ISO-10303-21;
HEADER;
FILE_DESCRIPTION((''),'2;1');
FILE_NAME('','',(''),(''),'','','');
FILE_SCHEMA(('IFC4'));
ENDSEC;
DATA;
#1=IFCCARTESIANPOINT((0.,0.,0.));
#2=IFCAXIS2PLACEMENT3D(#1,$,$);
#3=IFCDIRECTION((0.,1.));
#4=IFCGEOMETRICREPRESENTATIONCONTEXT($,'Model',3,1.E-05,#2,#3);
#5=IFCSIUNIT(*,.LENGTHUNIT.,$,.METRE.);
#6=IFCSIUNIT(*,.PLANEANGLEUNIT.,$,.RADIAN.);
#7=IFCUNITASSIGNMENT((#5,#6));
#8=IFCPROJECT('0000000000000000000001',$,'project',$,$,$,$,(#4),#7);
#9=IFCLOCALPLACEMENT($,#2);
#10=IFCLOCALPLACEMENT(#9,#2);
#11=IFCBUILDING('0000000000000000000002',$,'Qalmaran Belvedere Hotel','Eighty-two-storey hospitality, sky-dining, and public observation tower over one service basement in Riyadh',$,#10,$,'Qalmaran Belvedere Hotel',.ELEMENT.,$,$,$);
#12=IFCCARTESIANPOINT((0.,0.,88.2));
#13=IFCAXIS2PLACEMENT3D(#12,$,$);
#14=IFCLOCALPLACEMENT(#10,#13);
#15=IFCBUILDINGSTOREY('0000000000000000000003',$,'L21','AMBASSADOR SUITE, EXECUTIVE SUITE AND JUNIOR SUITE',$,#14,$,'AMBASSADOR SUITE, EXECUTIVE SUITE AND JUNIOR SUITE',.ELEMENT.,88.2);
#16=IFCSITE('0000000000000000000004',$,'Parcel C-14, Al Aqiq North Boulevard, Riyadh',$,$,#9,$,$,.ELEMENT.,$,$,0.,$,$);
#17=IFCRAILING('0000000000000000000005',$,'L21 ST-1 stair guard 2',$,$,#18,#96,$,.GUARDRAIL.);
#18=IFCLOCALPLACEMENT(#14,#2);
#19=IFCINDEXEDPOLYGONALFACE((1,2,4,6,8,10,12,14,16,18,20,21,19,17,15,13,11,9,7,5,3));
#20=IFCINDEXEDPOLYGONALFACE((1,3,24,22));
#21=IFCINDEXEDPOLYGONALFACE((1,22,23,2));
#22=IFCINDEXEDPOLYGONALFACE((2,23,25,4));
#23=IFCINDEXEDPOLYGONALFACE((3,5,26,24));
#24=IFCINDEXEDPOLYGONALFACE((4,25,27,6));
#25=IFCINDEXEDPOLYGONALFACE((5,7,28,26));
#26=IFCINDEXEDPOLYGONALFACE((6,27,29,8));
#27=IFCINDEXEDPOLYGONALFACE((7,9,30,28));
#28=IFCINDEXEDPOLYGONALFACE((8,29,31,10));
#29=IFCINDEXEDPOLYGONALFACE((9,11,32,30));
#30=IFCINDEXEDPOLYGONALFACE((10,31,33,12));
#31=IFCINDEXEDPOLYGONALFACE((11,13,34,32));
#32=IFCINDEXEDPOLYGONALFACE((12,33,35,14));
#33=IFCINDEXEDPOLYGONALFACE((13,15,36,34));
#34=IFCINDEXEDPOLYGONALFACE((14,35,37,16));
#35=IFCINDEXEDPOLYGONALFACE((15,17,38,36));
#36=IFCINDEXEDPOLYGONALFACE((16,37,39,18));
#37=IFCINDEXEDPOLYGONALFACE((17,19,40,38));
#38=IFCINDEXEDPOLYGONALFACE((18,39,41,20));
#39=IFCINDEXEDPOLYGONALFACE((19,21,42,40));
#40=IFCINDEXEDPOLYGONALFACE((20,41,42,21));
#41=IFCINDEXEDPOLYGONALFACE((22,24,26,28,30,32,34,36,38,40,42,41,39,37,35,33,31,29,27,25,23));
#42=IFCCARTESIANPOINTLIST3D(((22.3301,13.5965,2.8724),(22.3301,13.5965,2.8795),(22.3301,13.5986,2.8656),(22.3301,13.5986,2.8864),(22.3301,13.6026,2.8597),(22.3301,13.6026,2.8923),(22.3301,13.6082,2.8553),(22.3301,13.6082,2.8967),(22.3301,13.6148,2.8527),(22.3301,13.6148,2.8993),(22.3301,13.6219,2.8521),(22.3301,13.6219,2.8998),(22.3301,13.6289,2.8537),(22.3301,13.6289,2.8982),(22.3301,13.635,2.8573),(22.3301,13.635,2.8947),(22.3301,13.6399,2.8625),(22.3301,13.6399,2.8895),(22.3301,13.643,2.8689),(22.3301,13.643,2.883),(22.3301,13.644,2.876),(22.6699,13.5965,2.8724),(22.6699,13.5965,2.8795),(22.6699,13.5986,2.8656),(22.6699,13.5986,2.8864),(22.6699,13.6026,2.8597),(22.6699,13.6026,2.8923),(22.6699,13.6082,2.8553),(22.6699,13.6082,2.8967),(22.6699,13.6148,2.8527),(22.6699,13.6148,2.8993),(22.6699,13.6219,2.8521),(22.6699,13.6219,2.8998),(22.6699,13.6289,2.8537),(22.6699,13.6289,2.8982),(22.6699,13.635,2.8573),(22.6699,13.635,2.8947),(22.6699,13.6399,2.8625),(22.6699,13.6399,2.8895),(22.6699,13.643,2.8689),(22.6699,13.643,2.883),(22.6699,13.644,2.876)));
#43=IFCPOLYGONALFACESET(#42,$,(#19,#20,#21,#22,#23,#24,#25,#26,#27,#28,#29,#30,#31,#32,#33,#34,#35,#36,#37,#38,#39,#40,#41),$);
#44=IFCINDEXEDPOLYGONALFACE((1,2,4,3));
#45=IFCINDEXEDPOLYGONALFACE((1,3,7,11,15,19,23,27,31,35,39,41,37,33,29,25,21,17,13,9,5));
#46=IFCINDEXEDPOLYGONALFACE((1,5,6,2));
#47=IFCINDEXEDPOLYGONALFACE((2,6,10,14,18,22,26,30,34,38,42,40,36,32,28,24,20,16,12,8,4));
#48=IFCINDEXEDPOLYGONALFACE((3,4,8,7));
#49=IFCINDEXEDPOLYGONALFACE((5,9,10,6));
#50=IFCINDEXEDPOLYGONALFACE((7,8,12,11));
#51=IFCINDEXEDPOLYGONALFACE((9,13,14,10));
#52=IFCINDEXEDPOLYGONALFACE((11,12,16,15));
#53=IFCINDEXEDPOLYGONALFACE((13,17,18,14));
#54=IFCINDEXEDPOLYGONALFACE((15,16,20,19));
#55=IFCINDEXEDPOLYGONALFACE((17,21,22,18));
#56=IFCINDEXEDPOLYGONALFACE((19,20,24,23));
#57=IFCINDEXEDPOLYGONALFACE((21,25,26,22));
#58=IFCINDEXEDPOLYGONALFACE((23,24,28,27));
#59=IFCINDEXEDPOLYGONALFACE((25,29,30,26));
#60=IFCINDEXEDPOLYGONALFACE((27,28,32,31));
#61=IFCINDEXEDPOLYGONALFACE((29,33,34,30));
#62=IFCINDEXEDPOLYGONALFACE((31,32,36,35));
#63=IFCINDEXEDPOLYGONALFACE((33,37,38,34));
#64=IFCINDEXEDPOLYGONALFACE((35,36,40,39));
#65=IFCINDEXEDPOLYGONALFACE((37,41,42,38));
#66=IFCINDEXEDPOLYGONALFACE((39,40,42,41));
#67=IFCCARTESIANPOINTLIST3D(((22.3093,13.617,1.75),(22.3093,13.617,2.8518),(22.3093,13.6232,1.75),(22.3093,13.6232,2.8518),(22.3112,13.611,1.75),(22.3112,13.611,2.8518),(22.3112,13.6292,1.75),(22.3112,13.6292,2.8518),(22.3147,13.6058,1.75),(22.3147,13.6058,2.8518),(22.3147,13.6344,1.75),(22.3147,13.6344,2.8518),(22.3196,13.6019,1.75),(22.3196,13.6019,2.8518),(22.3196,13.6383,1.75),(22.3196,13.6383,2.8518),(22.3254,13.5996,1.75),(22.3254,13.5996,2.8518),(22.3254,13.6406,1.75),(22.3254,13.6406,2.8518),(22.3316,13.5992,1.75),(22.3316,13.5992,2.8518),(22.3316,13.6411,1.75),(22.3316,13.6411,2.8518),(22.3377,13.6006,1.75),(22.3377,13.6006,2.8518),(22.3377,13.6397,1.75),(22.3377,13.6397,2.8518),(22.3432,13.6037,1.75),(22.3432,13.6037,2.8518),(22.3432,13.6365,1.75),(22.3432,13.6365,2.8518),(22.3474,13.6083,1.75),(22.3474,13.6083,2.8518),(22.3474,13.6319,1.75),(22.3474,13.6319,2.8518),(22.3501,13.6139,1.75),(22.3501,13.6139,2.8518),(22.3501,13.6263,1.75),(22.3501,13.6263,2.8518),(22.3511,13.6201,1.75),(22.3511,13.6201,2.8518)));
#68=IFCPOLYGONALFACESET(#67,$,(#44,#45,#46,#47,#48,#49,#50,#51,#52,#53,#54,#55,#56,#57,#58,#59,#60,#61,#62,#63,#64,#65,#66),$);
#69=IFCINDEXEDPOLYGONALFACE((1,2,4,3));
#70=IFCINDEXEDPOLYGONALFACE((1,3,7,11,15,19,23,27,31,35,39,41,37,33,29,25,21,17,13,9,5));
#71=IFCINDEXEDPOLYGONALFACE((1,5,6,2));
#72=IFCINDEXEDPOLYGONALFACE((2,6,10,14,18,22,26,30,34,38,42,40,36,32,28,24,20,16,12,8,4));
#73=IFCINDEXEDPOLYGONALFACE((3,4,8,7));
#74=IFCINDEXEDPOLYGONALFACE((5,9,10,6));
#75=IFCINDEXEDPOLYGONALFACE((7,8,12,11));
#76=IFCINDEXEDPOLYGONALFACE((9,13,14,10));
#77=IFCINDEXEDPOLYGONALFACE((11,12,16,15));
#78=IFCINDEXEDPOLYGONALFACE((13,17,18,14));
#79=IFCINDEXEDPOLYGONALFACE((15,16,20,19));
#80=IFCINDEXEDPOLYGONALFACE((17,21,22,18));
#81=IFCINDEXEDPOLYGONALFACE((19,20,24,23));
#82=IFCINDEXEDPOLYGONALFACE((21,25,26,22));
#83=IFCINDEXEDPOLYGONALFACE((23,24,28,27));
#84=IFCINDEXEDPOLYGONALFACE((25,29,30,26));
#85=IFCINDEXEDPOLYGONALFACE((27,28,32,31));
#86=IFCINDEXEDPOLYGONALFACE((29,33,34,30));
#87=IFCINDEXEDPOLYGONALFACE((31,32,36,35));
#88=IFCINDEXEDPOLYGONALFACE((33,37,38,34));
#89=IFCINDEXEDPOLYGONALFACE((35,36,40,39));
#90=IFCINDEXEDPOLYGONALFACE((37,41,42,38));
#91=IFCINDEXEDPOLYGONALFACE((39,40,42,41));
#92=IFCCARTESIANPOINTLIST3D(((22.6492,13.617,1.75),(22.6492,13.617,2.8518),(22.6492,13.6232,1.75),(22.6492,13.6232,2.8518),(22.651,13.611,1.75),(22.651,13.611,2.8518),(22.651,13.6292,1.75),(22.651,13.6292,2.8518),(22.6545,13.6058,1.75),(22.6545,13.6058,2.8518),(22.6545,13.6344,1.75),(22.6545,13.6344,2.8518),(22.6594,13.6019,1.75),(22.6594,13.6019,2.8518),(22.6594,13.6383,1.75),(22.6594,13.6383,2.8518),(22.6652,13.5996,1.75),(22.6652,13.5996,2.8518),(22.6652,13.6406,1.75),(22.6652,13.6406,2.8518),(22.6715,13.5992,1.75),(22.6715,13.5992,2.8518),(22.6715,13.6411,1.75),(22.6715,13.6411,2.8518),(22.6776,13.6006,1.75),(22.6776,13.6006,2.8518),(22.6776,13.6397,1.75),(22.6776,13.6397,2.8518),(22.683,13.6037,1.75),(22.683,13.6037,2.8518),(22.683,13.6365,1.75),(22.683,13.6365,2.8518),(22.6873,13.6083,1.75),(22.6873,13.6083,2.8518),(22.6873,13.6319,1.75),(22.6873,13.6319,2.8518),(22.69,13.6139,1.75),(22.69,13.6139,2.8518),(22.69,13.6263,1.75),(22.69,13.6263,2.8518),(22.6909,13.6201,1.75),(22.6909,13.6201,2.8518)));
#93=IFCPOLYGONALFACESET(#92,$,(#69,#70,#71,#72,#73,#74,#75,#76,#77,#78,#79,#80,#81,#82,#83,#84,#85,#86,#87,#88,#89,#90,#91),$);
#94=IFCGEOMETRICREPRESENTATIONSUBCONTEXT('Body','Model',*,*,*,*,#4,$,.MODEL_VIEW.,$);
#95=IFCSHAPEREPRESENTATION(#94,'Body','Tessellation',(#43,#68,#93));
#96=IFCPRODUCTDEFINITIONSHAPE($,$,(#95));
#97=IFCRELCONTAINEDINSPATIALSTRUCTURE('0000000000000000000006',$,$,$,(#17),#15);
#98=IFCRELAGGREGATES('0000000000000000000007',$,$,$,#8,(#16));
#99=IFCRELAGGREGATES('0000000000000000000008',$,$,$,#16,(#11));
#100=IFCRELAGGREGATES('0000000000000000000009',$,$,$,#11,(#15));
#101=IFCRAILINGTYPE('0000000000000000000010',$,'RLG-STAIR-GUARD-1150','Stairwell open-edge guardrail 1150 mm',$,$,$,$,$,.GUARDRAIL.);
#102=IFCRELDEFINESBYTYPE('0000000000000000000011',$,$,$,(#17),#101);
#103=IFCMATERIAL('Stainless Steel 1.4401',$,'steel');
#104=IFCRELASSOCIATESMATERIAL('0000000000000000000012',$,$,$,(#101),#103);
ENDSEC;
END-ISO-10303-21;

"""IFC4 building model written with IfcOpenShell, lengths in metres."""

from ifc_helpers import new_model, si_unit, direction, frame, origin, origin_2d, place, context, subcontext, project, spatial, circle, extrude, material, type_object, element, save


model = new_model("IFC4")

# Units and contexts
model_context = context("Model", 3, precision=1e-05, world=origin(), true_north=direction((0.0, 1.0)))
body_context = subcontext(model_context, "Body", "Model", "MODEL_VIEW")
ifc_project = project(units=[si_unit("LENGTHUNIT", "METRE"), si_unit("PLANEANGLEUNIT", "RADIAN")], contexts=[model_context])

# Site, building, storey
site_placement = place(None, origin())
site = spatial("IfcSite", under=ifc_project, at=site_placement, Name="Parcel C-14, Al Aqiq North Boulevard, Riyadh", CompositionType="ELEMENT", RefElevation=0.0)
building_placement = place(site_placement, origin())
building = spatial("IfcBuilding", under=site, at=building_placement, Name="Qalmaran Belvedere Hotel", Description="Eighty-two-storey hospitality, sky-dining, and public observation tower over one service basement in Riyadh", LongName="Qalmaran Belvedere Hotel", CompositionType="ELEMENT")
storey_placement = place(building_placement, frame((0.0, 0.0, 88.2)))
storey = spatial("IfcBuildingStorey", under=building, at=storey_placement, Name="L21", Description="AMBASSADOR SUITE, EXECUTIVE SUITE AND JUNIOR SUITE", LongName="AMBASSADOR SUITE, EXECUTIVE SUITE AND JUNIOR SUITE", CompositionType="ELEMENT", Elevation=88.2)

# Shared definitions
ifc_material_1 = material(Name="Stainless Steel 1.4401", Category="steel")

# Railing
railing_type_1 = type_object("IfcRailingType", Name="RLG-STAIR-GUARD-1150", Description="Stairwell open-edge guardrail 1150 mm", PredefinedType="GUARDRAIL", material=ifc_material_1)
railing_1_placement = place(storey_placement, frame((22.3301, 13.6201, 1.75)))
element("IfcRailing", 1, at=railing_1_placement, inside=storey, type_object=railing_type_1, Name="L21 ST-1 stair guard 2", PredefinedType="GUARDRAIL", context=body_context, shape_type="SweptSolid", body=[
    extrude(circle(Radius=0.0239, at=origin_2d()), frame((0.0, 0.0, 1.126), z_axis=(1.0, 0.0, 0.0), x_axis=(0.0, 1.0, 0.0)), (0.0, 0.0, 1.0), 0.3398),
    extrude(circle(Radius=0.021, at=origin_2d()), origin(), (0.0, 0.0, 1.0), 1.1018),
    extrude(circle(Radius=0.021, at=origin_2d()), frame((0.3398, 0.0, 0.0)), (0.0, 0.0, 1.0), 1.1018),
])

save(model, "model.ifc")
